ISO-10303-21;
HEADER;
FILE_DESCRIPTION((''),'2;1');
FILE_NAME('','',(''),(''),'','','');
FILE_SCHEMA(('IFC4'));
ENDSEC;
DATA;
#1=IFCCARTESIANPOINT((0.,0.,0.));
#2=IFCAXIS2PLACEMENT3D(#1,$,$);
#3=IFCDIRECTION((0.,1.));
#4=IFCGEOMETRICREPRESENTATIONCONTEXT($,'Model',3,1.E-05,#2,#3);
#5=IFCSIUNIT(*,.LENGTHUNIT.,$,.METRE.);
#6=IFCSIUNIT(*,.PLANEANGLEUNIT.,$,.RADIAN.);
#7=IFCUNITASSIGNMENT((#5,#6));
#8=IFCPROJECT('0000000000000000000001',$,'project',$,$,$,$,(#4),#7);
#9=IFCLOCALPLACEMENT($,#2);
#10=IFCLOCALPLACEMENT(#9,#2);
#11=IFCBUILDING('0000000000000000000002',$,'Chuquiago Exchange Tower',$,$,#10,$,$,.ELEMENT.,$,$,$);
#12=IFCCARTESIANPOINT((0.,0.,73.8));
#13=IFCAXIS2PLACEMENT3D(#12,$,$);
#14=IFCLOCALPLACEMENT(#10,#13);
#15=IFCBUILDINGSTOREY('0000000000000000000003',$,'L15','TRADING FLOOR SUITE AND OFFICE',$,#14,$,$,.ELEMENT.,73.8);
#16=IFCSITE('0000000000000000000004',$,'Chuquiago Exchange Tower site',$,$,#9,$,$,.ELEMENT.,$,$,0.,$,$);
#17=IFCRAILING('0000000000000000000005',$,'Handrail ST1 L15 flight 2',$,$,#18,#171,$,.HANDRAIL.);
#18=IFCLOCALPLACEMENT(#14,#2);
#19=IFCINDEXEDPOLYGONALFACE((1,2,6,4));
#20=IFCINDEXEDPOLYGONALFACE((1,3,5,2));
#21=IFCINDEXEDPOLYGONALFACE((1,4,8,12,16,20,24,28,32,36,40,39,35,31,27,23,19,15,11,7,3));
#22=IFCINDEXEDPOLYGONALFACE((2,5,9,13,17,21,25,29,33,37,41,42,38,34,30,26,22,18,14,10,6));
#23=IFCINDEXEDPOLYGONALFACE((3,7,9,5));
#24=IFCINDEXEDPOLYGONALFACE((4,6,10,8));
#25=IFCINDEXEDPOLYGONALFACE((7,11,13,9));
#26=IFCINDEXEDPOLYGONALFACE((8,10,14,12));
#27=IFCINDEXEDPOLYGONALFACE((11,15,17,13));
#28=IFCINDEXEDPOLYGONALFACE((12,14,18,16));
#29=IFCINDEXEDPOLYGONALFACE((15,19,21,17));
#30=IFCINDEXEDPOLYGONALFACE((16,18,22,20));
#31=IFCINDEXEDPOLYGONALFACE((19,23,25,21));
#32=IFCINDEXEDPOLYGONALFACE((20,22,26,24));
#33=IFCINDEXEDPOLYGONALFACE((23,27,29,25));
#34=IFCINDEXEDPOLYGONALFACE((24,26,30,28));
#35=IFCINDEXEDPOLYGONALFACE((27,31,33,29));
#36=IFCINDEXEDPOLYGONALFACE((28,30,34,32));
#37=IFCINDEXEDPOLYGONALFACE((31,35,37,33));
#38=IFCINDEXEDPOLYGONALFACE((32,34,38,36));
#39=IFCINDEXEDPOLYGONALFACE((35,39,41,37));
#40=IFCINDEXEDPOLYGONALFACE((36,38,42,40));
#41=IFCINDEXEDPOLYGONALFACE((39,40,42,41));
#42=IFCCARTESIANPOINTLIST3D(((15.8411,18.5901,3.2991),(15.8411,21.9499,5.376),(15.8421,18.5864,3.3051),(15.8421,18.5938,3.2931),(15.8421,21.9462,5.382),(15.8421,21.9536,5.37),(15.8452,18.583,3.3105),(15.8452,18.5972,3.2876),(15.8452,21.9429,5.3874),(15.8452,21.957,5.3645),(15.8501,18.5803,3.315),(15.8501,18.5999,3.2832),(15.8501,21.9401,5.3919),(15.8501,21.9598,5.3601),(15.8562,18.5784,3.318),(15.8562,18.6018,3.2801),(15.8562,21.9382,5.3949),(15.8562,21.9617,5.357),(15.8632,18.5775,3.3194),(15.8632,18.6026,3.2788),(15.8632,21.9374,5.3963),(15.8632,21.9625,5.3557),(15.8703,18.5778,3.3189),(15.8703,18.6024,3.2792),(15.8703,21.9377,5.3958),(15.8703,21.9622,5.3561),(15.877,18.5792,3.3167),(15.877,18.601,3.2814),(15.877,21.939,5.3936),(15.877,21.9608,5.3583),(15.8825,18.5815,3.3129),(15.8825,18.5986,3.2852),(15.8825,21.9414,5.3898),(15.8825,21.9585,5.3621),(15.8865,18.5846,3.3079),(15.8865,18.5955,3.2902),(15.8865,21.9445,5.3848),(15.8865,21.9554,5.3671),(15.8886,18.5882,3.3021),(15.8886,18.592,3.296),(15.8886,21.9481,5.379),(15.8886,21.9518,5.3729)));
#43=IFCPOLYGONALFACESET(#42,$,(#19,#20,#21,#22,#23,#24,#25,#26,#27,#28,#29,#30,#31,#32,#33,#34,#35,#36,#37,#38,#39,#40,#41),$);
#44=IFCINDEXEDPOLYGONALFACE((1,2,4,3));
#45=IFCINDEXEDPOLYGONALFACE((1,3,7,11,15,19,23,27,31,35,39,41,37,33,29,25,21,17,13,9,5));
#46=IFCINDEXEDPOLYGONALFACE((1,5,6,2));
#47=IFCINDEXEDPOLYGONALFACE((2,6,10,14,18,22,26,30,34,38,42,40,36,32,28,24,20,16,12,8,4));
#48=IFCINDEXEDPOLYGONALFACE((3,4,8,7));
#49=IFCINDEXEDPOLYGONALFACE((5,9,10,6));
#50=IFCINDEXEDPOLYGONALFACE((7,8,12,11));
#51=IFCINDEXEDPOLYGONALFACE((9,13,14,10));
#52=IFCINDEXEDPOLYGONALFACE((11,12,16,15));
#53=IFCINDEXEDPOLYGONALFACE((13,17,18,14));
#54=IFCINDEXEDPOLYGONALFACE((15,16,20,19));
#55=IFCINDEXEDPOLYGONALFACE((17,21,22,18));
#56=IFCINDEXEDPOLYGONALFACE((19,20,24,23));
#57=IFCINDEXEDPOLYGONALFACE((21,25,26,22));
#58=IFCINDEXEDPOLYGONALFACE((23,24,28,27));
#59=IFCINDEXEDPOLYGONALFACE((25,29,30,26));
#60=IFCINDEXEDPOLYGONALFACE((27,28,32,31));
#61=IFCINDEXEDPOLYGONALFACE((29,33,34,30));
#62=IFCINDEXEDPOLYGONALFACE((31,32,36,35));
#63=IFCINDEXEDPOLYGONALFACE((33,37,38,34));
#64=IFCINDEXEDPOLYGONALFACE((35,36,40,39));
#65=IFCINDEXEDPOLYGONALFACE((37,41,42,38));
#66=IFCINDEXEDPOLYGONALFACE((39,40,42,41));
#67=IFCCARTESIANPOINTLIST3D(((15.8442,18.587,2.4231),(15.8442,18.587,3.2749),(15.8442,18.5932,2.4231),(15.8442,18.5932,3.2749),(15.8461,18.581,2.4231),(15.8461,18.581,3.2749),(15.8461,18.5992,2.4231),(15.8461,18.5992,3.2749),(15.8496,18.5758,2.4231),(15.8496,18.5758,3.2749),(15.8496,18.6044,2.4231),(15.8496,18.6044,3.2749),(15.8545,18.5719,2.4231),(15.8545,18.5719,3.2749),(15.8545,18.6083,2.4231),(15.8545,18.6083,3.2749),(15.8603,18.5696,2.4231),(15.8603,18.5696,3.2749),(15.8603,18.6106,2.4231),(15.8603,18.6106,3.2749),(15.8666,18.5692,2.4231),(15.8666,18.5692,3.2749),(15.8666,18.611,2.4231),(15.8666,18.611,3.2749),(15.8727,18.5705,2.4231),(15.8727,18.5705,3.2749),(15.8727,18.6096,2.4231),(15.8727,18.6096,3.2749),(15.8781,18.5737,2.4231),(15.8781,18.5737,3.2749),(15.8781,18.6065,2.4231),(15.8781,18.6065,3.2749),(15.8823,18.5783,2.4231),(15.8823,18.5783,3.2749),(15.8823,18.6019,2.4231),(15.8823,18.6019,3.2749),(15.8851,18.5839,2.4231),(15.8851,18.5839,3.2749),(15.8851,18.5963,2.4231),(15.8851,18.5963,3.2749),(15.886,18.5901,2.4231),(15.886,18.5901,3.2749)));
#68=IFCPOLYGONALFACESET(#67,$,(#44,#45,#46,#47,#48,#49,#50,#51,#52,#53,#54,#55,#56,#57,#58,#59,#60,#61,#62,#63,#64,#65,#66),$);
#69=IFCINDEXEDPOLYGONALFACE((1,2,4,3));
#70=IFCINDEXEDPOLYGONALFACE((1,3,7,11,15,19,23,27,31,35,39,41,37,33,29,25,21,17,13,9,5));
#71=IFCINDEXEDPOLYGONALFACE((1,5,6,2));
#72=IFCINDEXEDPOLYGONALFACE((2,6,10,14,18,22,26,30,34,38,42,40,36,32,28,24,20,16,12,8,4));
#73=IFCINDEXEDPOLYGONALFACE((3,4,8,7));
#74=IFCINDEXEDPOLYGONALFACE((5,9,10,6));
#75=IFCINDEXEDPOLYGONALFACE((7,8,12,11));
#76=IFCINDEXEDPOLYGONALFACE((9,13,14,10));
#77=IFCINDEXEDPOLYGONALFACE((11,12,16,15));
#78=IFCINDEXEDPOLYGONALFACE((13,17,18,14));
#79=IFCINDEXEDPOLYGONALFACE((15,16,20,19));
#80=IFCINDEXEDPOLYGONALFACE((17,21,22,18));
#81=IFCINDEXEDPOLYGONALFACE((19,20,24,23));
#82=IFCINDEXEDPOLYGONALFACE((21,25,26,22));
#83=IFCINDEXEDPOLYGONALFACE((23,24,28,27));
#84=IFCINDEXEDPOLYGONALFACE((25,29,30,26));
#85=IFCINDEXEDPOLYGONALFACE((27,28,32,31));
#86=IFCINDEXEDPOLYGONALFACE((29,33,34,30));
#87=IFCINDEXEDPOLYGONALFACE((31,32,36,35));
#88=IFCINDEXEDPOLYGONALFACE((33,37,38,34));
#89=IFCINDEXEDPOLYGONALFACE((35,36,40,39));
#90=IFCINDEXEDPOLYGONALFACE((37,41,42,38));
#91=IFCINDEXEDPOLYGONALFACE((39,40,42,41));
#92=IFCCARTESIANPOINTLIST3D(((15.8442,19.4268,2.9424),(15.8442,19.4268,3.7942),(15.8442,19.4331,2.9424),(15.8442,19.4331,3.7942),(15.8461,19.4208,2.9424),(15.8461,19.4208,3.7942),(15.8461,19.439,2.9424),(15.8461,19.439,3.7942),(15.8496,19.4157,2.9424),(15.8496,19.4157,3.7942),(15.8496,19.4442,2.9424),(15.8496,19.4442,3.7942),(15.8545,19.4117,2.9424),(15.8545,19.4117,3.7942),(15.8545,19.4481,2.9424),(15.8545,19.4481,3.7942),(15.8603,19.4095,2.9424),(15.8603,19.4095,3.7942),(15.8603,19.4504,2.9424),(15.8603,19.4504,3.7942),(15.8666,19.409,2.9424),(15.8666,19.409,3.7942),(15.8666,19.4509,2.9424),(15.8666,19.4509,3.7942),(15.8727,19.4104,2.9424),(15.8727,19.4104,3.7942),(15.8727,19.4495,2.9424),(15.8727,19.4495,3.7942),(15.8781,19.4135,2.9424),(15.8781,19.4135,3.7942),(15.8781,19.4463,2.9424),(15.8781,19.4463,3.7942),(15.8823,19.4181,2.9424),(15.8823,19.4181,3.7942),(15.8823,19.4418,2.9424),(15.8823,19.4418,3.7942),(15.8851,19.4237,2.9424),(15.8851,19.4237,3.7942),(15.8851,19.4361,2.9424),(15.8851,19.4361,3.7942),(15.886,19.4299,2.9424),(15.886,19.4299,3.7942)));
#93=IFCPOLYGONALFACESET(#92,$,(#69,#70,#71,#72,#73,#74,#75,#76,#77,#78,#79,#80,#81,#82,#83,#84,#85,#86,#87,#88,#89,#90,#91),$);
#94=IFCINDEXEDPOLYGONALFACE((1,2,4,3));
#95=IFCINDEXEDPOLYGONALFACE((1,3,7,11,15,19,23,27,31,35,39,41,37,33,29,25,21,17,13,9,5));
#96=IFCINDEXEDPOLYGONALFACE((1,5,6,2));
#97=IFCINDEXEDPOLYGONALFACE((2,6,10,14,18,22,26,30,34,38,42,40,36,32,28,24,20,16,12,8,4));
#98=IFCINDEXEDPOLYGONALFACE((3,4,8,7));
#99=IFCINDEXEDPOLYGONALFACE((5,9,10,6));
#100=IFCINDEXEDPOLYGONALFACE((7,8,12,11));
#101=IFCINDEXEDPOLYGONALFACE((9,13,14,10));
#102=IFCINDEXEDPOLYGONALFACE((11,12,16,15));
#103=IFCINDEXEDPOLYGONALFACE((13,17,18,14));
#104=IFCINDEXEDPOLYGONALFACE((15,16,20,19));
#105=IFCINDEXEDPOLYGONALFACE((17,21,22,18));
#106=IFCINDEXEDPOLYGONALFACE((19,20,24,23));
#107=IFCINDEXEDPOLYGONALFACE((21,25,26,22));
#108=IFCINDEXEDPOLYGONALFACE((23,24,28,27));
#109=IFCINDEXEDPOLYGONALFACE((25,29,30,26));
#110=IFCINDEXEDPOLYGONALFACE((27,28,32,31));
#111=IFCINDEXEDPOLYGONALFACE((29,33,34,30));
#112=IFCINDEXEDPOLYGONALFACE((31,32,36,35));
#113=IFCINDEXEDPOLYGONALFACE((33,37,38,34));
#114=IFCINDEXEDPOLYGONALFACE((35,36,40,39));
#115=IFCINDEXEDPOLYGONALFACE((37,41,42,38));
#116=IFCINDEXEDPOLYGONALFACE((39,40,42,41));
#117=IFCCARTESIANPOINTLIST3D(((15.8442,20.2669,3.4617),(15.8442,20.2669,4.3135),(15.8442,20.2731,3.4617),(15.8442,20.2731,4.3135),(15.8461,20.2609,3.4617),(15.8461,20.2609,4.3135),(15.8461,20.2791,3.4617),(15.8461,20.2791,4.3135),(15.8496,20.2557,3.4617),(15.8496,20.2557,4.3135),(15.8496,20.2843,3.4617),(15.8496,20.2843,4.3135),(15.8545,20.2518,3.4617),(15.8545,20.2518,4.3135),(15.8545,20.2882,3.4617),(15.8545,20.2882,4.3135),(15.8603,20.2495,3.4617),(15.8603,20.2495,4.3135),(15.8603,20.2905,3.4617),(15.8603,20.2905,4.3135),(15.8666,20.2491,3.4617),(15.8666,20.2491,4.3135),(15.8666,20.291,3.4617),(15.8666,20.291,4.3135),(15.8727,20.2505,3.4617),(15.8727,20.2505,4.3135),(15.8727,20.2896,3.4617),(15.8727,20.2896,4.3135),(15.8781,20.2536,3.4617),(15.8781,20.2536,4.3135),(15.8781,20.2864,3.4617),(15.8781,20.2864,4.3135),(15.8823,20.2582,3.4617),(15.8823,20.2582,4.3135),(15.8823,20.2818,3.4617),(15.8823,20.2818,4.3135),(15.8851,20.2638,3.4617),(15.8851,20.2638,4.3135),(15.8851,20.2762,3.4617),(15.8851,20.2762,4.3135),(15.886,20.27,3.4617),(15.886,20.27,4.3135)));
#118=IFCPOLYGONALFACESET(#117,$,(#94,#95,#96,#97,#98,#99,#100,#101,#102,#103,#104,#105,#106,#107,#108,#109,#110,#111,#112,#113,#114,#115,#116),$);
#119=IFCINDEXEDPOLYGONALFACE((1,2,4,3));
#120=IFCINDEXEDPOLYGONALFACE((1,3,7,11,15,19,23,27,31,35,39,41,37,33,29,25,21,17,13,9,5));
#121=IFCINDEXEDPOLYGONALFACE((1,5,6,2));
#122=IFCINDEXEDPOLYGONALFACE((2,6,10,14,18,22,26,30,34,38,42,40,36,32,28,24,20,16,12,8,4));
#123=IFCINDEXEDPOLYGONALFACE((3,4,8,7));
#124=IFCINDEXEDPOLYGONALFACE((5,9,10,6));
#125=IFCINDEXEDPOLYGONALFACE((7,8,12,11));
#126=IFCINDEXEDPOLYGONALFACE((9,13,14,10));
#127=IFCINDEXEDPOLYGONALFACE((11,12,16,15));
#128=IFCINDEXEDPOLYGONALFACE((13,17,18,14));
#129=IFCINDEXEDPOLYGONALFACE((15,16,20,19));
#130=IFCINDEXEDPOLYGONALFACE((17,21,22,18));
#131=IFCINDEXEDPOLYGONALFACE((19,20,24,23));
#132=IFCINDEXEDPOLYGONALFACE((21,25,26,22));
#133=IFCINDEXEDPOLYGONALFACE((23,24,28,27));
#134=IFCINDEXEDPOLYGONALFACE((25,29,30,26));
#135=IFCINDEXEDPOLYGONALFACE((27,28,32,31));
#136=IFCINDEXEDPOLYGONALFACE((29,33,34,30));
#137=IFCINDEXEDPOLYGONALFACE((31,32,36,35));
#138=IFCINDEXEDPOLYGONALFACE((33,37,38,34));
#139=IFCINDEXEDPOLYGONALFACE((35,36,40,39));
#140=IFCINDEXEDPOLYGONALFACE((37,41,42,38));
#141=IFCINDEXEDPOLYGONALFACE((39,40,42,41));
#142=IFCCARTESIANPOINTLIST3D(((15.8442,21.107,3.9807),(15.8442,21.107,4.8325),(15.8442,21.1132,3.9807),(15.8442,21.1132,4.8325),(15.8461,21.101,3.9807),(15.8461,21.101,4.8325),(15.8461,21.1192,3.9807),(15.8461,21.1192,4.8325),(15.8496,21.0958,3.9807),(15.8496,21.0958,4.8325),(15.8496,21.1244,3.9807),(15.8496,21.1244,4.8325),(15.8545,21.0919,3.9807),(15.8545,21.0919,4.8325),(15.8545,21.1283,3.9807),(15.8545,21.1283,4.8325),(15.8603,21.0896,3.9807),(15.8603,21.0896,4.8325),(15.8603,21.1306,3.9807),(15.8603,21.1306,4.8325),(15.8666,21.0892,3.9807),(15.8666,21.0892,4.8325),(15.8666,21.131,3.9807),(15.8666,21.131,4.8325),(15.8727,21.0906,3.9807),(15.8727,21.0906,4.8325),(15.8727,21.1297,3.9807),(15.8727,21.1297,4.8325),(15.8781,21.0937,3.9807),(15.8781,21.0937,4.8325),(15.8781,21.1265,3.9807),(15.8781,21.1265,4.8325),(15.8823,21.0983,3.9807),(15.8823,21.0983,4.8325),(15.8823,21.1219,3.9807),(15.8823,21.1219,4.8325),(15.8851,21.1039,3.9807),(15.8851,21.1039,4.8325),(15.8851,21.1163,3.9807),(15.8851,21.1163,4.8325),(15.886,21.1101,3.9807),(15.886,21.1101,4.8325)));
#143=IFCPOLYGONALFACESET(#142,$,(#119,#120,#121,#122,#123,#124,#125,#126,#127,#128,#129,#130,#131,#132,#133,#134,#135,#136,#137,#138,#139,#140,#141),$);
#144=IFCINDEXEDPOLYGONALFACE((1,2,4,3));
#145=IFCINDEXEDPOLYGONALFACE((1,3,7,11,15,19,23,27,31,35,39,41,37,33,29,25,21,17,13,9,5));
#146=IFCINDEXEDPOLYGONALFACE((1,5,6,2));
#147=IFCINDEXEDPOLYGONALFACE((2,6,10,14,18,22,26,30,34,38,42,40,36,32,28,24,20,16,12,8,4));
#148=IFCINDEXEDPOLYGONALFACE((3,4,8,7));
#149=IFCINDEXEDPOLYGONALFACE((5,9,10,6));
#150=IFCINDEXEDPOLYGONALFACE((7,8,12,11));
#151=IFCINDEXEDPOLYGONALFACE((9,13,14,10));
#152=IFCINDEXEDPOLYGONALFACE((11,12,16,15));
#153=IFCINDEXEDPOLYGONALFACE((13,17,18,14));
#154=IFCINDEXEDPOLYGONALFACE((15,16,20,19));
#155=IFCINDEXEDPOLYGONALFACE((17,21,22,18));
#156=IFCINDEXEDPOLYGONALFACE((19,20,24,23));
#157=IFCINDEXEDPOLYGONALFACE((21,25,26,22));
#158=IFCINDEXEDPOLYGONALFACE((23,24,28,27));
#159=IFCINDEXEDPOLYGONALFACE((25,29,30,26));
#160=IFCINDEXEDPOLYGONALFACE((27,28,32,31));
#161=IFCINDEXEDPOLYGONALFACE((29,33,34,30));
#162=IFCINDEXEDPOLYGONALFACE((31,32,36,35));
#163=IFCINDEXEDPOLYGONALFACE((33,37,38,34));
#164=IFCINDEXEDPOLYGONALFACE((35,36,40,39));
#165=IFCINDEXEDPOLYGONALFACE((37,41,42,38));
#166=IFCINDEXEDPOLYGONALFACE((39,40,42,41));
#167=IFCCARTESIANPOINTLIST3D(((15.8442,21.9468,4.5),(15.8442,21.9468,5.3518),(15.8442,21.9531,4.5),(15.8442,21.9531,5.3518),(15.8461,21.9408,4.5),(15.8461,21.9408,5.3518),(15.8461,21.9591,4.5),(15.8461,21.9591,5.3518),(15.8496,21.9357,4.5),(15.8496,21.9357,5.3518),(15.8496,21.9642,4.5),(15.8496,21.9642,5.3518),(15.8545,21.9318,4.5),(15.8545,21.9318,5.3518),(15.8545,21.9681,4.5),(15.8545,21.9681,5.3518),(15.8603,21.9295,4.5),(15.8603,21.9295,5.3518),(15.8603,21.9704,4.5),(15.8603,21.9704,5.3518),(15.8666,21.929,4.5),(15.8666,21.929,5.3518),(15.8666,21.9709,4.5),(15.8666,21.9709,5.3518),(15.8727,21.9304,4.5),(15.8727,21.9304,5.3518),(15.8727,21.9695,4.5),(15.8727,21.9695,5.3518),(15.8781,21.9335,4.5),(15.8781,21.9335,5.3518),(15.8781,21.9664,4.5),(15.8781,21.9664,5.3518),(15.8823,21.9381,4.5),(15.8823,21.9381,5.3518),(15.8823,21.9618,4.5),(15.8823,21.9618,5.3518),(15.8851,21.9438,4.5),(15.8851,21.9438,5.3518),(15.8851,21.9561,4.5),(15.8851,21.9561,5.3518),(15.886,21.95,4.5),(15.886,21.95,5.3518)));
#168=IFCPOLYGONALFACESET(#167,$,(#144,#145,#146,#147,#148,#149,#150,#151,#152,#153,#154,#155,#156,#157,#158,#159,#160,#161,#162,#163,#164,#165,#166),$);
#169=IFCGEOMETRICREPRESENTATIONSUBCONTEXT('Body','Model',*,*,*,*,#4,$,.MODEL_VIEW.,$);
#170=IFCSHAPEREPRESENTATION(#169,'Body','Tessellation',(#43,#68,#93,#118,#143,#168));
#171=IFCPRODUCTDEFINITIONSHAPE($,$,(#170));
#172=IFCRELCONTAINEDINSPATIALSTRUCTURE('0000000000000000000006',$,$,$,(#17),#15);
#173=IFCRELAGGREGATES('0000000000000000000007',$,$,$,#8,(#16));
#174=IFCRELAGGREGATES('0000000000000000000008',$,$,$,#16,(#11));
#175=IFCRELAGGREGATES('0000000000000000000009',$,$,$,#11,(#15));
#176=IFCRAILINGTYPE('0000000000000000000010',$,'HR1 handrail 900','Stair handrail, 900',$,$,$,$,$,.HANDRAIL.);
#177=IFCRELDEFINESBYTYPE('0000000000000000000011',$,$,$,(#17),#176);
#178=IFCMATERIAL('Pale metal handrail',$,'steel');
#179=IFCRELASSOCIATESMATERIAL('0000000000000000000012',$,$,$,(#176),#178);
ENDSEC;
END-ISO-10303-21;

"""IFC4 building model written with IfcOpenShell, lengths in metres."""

from ifc_helpers import new_model, si_unit, direction, frame, origin, origin_2d, place, context, subcontext, project, spatial, circle, extrude, material, type_object, element, save


model = new_model("IFC4")

# Units and contexts
model_context = context("Model", 3, precision=1e-05, world=origin(), true_north=direction((0.0, 1.0)))
body_context = subcontext(model_context, "Body", "Model", "MODEL_VIEW")
ifc_project = project(units=[si_unit("LENGTHUNIT", "METRE"), si_unit("PLANEANGLEUNIT", "RADIAN")], contexts=[model_context])

# Site, building, storey
site_placement = place(None, origin())
site = spatial("IfcSite", under=ifc_project, at=site_placement, Name="Chuquiago Exchange Tower site", CompositionType="ELEMENT", RefElevation=0.0)
building_placement = place(site_placement, origin())
building = spatial("IfcBuilding", under=site, at=building_placement, Name="Chuquiago Exchange Tower", CompositionType="ELEMENT")
storey_placement = place(building_placement, frame((0.0, 0.0, 73.8)))
storey = spatial("IfcBuildingStorey", under=building, at=storey_placement, Name="L15", Description="TRADING FLOOR SUITE AND OFFICE", CompositionType="ELEMENT", Elevation=73.8)

# Railing
ifc_material_1 = material(Name="Pale metal handrail", Category="steel")
railing_type_1 = type_object("IfcRailingType", Name="HR1 handrail 900", Description="Stair handrail, 900", PredefinedType="HANDRAIL", material=ifc_material_1)
for number, where, name in (
    (1, (15.865, 18.5901, 2.4231), "Handrail ST1 L15 flight 2"),
):
    element("IfcRailing", number, at=place(storey_placement, frame(where)), inside=storey, type_object=railing_type_1, Name=name, PredefinedType="HANDRAIL", context=body_context, shape_type="SweptSolid", body=[
        extrude(circle(Radius=0.0239, at=origin_2d()), frame((0.0, 0.0, 0.876), z_axis=(0.0, 0.850606, 0.525803), x_axis=(-1.0, 0.0, 0.0)), (0.0, 0.0, 1.0), 3.95),
        extrude(circle(Radius=0.021, at=origin_2d()), origin(), (0.0, 0.0, 1.0), 0.8518),
        extrude(circle(Radius=0.021, at=origin_2d()), frame((0.0, 0.8398, 0.5193)), (0.0, 0.0, 1.0), 0.8518),
        extrude(circle(Radius=0.021, at=origin_2d()), frame((0.0, 1.6799, 1.0386)), (0.0, 0.0, 1.0), 0.8518),
        extrude(circle(Radius=0.021, at=origin_2d()), frame((0.0, 2.52, 1.5576)), (0.0, 0.0, 1.0), 0.8518),
        extrude(circle(Radius=0.021, at=origin_2d()), frame((0.0, 3.3599, 2.0769)), (0.0, 0.0, 1.0), 0.8518),
    ])

save(model, "model.ifc")
